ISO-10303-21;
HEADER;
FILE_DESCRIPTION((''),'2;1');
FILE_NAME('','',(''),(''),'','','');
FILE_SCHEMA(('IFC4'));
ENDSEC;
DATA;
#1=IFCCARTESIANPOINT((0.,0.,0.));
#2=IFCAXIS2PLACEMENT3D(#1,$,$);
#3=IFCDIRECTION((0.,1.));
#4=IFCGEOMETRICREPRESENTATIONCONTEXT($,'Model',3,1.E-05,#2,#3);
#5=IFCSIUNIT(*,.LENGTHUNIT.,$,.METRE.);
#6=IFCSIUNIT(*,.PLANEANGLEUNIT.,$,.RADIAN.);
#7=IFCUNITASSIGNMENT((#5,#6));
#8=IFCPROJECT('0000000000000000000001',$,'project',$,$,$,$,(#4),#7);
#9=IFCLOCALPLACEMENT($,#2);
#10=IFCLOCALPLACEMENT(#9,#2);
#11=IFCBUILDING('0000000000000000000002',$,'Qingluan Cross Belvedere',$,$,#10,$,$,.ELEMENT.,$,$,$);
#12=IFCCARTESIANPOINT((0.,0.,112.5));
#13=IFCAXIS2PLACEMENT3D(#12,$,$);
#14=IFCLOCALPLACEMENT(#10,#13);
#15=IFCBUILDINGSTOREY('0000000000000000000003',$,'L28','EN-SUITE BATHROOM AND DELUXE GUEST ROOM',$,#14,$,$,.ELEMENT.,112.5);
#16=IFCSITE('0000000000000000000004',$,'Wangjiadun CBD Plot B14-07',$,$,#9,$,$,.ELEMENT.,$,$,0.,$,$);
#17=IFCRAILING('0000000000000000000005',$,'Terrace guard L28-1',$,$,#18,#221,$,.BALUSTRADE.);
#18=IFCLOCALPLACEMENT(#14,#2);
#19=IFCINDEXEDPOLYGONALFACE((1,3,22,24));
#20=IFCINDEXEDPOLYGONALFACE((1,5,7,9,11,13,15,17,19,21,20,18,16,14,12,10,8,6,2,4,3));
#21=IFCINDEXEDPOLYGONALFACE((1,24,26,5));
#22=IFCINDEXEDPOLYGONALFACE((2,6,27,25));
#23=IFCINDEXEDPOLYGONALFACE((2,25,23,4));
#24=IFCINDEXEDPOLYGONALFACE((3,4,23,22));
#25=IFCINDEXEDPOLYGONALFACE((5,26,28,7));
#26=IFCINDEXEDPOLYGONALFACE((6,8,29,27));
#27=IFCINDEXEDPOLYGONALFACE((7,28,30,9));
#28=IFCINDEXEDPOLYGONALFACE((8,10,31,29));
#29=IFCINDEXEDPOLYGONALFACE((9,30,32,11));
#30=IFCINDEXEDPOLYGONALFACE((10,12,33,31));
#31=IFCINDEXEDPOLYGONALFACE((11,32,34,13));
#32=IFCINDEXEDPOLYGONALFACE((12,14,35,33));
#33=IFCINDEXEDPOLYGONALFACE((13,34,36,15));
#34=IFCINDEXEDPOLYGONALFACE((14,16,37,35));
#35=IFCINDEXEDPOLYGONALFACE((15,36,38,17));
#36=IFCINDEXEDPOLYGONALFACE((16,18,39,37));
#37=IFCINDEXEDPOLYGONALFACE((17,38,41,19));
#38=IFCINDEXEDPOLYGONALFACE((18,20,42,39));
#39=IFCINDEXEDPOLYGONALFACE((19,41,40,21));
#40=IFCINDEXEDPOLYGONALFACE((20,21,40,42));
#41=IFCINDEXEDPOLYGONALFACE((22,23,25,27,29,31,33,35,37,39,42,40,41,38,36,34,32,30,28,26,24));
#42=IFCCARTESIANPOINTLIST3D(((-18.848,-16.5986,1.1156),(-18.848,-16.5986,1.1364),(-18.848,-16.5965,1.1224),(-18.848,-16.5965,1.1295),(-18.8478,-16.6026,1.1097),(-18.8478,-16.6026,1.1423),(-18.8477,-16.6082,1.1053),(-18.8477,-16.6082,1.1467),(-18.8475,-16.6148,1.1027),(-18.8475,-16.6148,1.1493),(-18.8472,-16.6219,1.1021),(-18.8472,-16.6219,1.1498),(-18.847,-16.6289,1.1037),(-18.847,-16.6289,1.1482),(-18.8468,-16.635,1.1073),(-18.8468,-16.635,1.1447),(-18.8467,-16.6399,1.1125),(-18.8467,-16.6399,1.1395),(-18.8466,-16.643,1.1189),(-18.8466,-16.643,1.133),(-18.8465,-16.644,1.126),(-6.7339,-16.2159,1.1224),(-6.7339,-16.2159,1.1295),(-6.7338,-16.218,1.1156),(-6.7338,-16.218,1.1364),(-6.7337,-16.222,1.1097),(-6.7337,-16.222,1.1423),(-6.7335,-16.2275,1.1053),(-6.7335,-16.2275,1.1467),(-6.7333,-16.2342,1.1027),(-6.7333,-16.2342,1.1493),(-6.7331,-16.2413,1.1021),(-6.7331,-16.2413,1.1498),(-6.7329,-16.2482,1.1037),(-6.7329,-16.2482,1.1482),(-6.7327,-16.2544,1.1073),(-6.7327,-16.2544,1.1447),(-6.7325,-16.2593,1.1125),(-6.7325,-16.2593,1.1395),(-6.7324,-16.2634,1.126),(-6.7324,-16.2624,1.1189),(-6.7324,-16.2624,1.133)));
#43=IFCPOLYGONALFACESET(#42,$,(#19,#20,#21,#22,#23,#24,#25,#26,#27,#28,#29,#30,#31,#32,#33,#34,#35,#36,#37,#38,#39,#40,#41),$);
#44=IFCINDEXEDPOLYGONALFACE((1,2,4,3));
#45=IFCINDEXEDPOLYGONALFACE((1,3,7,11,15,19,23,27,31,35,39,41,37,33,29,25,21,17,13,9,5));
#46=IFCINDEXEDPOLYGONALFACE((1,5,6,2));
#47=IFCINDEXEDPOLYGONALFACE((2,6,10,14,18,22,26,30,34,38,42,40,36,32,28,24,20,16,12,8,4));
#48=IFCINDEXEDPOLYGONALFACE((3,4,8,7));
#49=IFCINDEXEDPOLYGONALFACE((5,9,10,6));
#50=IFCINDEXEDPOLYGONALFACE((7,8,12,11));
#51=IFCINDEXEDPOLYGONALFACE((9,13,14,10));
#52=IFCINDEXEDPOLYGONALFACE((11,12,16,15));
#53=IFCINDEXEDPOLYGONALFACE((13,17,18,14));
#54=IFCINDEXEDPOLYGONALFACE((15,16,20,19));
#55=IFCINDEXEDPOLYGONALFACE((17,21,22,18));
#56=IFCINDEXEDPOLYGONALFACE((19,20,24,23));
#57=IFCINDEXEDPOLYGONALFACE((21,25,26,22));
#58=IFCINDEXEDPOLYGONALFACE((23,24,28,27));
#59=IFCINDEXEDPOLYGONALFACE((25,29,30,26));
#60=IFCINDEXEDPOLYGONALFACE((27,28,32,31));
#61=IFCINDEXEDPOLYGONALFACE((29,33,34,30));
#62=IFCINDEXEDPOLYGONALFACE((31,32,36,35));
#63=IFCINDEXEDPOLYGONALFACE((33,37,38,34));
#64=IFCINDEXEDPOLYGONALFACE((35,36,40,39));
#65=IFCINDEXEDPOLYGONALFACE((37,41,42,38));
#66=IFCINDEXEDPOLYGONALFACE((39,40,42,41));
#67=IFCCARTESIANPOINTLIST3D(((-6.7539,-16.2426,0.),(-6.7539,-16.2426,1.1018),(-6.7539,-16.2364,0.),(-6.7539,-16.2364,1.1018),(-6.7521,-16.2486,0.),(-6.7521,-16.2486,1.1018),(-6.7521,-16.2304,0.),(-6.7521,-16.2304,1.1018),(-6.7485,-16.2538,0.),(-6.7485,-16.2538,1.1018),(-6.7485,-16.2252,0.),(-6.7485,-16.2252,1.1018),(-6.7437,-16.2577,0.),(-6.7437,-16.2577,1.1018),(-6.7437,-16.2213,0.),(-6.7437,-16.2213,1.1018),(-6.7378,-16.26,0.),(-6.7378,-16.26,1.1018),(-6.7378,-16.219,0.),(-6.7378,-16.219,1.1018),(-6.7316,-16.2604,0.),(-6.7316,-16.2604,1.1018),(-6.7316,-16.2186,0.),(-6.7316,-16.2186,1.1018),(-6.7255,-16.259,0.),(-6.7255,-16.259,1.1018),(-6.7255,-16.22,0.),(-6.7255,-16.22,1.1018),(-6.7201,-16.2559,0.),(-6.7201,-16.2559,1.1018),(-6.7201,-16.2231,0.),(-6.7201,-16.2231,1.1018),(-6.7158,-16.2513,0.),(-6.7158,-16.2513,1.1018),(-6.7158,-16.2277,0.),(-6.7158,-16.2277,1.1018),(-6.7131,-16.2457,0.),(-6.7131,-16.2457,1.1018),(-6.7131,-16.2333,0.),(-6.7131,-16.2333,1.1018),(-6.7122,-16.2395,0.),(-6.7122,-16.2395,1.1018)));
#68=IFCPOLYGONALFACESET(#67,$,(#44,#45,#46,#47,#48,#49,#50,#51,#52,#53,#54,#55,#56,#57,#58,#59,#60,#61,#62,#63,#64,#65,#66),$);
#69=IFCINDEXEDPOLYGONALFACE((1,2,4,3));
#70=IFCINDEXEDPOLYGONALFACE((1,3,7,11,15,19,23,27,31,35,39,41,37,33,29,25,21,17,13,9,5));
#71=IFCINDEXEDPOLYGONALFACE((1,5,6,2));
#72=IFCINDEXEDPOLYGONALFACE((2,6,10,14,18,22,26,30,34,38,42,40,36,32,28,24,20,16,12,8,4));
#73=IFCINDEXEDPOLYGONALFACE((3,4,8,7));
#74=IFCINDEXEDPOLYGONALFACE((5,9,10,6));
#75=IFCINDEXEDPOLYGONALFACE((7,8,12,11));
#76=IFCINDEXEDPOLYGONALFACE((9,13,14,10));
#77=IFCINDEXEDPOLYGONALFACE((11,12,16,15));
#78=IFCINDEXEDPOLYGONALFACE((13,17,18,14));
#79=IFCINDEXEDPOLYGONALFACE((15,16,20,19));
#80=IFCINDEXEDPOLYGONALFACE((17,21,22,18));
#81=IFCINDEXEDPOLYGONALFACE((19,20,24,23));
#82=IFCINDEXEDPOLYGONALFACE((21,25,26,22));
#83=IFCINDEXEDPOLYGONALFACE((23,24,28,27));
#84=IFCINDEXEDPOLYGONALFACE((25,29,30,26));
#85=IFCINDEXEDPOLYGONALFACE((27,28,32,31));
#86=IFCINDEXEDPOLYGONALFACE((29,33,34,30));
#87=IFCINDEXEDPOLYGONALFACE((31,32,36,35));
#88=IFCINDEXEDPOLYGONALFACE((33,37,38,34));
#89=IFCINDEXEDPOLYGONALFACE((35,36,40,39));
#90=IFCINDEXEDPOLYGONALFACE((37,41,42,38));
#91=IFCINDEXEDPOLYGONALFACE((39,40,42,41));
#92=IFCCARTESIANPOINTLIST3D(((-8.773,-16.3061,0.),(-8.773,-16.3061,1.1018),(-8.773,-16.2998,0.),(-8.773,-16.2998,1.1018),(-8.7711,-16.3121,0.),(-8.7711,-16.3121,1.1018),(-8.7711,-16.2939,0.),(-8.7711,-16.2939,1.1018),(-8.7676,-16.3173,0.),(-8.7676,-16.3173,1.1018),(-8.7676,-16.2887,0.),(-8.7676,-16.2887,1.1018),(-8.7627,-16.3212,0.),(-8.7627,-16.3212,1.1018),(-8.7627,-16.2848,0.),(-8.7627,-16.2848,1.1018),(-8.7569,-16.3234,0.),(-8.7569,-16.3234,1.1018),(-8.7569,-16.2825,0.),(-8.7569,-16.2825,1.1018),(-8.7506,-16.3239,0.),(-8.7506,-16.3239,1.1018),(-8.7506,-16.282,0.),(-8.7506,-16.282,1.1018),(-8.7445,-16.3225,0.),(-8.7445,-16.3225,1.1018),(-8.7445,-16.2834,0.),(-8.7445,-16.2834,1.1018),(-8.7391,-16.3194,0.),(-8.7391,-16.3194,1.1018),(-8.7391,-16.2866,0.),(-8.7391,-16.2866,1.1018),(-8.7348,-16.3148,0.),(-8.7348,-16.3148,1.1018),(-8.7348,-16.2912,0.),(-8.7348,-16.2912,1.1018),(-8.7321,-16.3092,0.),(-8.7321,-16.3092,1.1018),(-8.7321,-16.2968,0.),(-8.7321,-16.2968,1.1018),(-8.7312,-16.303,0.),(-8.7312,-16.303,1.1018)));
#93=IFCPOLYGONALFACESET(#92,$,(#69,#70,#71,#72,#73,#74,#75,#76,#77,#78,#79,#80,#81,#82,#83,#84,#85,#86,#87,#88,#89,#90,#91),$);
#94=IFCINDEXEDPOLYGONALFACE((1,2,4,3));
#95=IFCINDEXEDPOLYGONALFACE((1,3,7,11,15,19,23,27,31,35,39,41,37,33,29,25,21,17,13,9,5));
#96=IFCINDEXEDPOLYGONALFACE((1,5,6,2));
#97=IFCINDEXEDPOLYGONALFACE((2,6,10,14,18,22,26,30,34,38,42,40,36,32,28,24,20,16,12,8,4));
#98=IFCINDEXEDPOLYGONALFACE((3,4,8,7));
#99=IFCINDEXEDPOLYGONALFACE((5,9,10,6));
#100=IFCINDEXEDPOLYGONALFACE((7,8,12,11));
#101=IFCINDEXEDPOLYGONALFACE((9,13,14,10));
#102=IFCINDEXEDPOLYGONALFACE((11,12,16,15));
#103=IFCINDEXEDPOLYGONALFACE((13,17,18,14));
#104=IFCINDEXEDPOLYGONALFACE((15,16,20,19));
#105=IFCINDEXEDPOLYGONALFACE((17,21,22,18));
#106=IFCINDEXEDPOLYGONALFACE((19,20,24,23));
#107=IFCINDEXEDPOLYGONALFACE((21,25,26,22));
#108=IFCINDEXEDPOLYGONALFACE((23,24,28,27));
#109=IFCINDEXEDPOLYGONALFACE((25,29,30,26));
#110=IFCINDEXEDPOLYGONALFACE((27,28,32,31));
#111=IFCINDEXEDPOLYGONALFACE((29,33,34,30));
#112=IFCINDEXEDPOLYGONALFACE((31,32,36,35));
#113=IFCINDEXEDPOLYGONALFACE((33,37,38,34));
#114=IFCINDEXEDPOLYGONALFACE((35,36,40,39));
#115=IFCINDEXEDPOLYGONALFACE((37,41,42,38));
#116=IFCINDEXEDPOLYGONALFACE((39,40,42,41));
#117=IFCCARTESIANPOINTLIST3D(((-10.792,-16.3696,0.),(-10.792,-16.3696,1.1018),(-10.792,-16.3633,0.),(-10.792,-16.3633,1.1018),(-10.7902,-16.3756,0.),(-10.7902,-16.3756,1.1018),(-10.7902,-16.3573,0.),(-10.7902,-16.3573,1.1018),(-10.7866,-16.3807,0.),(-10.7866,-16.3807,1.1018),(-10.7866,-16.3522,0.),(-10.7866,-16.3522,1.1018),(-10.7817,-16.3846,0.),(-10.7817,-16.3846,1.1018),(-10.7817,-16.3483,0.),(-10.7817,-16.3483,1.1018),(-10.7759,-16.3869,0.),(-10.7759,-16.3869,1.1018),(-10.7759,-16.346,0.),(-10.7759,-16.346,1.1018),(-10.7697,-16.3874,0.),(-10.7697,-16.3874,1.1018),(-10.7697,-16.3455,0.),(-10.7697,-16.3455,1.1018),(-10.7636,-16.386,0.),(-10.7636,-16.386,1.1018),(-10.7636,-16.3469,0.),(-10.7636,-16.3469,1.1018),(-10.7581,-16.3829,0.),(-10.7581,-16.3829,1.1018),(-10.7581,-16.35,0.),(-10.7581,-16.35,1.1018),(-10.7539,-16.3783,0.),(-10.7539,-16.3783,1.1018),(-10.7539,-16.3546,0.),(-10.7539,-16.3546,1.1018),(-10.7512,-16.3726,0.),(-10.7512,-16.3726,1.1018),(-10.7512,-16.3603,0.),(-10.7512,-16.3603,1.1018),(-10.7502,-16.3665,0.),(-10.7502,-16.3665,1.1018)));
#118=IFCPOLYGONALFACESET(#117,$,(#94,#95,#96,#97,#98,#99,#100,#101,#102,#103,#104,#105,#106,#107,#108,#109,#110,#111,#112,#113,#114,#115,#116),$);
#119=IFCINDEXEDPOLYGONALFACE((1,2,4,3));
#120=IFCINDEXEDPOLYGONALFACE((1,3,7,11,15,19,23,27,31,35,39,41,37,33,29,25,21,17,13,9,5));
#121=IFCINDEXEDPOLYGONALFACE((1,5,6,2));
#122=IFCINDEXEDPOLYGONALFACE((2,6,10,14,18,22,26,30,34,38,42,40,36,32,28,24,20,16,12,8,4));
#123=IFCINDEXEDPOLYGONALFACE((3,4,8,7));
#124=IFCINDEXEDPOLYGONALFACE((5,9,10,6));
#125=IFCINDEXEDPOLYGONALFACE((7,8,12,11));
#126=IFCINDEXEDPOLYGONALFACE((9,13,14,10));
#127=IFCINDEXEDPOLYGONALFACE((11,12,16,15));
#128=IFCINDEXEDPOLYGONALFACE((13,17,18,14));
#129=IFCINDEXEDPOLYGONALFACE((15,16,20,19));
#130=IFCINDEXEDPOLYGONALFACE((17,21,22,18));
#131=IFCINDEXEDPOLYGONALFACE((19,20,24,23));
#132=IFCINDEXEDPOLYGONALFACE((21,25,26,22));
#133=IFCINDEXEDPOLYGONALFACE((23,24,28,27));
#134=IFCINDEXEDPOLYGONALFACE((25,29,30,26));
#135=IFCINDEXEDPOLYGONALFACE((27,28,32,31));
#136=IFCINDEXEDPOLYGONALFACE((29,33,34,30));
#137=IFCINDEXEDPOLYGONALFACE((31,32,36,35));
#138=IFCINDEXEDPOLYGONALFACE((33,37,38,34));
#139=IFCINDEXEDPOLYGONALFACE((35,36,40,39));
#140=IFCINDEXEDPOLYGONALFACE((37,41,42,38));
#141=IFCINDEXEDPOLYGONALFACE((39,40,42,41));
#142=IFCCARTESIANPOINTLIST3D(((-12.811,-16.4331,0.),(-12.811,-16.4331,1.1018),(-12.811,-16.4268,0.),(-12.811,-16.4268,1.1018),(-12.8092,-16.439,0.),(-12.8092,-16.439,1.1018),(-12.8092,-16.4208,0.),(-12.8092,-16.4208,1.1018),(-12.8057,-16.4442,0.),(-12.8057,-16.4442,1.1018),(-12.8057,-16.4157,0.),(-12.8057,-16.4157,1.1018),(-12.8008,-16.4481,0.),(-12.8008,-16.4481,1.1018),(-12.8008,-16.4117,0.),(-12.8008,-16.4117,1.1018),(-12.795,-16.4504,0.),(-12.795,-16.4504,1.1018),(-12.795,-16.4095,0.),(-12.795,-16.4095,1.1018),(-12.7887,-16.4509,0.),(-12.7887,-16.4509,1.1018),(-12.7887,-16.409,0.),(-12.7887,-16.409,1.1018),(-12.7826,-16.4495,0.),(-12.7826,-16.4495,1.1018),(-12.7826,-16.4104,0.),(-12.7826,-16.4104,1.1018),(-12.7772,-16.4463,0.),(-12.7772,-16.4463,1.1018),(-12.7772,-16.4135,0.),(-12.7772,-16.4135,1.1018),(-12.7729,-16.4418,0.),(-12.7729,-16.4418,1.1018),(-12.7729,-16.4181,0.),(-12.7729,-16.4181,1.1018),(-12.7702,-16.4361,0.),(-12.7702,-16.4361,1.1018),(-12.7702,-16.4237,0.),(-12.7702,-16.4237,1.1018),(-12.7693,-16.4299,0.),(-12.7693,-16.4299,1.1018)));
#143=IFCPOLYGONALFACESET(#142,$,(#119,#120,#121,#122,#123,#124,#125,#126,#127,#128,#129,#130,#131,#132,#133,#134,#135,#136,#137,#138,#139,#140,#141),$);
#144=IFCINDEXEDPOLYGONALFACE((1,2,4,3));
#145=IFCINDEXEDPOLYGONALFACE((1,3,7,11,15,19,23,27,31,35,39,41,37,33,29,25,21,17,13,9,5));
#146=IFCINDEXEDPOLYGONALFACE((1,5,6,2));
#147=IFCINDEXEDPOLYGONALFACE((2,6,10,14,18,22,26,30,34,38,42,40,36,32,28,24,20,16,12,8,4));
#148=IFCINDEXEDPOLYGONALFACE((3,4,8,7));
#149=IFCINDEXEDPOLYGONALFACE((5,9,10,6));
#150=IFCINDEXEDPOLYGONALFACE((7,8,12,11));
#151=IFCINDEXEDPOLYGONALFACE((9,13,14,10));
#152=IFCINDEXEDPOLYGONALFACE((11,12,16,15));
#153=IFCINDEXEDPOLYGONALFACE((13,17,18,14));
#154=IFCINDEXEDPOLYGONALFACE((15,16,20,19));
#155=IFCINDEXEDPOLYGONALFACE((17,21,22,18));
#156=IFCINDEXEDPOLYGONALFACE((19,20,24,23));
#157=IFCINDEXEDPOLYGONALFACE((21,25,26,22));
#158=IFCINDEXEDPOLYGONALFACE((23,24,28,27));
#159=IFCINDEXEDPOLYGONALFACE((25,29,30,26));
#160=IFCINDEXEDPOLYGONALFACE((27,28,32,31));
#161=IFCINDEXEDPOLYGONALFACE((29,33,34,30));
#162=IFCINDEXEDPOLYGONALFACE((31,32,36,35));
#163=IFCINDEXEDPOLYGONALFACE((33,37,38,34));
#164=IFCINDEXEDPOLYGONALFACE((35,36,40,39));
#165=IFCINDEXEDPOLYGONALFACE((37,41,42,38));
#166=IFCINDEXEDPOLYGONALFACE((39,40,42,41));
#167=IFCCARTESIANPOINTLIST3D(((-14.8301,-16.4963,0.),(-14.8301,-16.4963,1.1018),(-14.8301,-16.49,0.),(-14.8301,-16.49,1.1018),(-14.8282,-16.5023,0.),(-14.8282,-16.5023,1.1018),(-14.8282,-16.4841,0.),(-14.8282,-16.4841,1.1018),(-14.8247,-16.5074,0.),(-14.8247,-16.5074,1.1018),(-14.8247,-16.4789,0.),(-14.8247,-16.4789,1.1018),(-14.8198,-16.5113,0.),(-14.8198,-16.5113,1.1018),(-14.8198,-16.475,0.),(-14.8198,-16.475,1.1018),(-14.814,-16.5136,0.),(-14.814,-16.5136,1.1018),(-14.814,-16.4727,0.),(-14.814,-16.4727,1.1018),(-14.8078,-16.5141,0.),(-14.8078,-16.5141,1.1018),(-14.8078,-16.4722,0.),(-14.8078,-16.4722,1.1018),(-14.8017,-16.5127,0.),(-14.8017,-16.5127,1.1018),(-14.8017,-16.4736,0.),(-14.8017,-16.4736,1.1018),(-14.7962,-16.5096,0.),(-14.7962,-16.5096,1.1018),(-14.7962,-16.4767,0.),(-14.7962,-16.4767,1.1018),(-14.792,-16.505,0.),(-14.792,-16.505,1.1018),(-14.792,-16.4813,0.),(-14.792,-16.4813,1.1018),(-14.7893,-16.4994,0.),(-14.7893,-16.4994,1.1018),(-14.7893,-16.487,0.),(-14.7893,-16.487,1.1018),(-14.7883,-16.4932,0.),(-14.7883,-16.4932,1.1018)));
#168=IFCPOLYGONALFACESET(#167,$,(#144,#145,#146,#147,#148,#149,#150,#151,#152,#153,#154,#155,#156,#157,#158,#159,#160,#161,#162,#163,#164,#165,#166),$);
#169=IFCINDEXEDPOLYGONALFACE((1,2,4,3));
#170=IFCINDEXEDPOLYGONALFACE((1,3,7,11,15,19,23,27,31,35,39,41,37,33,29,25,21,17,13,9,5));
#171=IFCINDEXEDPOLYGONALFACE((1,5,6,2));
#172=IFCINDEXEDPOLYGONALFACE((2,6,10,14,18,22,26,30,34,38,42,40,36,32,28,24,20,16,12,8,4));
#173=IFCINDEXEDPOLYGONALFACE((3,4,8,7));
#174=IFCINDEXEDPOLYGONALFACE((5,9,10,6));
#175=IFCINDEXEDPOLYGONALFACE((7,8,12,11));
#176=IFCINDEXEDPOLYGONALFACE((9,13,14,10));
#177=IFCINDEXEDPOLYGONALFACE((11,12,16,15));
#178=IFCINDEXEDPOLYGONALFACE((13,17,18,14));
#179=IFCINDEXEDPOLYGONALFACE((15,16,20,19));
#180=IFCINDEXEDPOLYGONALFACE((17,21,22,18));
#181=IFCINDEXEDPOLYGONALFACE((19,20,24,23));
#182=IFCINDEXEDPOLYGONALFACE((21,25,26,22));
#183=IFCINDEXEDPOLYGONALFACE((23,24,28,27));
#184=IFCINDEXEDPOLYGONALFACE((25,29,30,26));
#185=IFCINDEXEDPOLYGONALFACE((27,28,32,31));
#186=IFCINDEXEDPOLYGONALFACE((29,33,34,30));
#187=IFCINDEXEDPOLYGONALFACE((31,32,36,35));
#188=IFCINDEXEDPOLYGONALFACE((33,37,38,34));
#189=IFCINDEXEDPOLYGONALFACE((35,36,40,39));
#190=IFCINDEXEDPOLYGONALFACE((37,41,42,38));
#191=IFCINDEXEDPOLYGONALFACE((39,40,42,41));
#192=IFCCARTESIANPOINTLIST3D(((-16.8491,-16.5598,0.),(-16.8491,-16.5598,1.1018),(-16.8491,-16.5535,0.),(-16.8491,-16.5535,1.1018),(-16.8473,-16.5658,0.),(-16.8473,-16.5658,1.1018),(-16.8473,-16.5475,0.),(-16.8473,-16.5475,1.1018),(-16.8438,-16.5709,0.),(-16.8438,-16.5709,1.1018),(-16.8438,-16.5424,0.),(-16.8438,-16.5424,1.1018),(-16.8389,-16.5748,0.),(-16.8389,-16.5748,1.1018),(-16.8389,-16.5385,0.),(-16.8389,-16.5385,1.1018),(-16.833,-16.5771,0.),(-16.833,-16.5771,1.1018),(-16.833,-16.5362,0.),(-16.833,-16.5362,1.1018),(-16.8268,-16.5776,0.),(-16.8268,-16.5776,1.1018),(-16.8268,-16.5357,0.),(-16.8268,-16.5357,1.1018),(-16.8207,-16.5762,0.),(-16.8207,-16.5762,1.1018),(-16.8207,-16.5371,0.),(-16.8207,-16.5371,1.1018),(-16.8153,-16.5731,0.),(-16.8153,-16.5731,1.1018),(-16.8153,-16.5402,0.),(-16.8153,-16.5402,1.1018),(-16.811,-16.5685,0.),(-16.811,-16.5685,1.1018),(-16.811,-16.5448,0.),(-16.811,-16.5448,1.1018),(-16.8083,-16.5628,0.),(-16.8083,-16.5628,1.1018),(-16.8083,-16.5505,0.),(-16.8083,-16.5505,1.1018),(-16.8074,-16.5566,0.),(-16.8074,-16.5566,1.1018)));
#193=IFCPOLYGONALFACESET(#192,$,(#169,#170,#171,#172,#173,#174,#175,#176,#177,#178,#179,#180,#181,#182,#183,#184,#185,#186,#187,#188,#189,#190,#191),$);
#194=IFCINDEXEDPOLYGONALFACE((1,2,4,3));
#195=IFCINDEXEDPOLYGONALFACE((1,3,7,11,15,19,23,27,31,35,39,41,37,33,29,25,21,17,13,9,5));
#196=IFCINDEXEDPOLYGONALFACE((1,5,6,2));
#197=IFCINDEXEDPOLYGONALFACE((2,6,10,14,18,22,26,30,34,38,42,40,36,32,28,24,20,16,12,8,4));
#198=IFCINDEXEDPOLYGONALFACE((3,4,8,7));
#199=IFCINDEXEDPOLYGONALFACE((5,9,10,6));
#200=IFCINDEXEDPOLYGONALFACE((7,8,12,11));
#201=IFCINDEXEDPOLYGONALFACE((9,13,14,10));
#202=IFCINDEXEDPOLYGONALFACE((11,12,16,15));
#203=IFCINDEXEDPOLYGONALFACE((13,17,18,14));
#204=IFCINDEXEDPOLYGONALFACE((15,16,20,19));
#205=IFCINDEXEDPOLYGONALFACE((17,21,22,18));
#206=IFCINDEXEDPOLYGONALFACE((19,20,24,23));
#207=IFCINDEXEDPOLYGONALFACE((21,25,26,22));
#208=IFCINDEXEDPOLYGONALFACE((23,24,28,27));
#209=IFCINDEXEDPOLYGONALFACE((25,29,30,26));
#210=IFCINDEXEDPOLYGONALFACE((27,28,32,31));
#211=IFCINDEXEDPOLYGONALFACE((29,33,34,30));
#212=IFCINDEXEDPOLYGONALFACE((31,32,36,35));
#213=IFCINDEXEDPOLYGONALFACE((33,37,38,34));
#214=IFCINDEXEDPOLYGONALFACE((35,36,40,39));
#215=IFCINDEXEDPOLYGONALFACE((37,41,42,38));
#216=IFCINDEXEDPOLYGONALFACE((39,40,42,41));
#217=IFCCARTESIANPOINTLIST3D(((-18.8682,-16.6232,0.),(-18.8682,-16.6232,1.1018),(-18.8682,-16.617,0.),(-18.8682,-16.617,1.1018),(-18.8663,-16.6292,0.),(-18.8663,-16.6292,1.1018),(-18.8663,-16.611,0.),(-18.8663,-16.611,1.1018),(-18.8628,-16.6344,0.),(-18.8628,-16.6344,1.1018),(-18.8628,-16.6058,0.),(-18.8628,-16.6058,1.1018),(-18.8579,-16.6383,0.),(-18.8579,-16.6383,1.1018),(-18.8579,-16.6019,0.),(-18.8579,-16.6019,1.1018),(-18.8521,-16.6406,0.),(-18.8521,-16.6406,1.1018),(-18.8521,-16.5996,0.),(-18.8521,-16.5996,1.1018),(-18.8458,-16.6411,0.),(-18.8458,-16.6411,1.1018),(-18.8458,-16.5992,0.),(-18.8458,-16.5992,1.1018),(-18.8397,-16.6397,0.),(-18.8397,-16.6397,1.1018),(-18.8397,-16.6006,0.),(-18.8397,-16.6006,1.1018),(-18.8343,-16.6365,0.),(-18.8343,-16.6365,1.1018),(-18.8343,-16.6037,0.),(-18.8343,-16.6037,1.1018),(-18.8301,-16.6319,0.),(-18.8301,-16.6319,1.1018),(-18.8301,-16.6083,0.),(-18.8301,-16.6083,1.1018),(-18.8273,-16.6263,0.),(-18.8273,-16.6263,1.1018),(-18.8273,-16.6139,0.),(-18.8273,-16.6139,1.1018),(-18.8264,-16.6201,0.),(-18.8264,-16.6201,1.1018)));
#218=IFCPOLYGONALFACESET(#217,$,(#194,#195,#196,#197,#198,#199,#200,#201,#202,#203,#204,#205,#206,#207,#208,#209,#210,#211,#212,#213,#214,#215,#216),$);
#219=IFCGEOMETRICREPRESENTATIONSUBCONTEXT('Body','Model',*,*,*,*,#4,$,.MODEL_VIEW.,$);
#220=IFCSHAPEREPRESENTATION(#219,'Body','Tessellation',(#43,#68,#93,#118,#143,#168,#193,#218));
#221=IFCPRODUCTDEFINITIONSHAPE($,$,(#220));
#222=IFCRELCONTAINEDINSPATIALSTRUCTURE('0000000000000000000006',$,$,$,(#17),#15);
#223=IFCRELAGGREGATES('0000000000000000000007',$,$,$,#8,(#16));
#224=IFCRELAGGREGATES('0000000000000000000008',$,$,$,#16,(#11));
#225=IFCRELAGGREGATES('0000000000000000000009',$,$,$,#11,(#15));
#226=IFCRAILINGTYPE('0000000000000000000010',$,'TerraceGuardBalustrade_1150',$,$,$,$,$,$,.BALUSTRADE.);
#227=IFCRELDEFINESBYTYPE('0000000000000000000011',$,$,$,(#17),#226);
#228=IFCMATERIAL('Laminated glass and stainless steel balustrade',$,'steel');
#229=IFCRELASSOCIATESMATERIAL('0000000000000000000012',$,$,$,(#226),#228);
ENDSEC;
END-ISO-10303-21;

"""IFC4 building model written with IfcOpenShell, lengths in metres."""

from ifc_helpers import new_model, si_unit, direction, frame, origin, origin_2d, place, context, subcontext, project, spatial, circle, extrude, material, type_object, element, save


model = new_model("IFC4")

# Units and contexts
model_context = context("Model", 3, precision=1e-05, world=origin(), true_north=direction((0.0, 1.0)))
body_context = subcontext(model_context, "Body", "Model", "MODEL_VIEW")
ifc_project = project(units=[si_unit("LENGTHUNIT", "METRE"), si_unit("PLANEANGLEUNIT", "RADIAN")], contexts=[model_context])

# Site, building, storey
site_placement = place(None, origin())
site = spatial("IfcSite", under=ifc_project, at=site_placement, Name="Wangjiadun CBD Plot B14-07", CompositionType="ELEMENT", RefElevation=0.0)
building_placement = place(site_placement, origin())
building = spatial("IfcBuilding", under=site, at=building_placement, Name="Qingluan Cross Belvedere", CompositionType="ELEMENT")
storey_placement = place(building_placement, frame((0.0, 0.0, 112.5)))
storey = spatial("IfcBuildingStorey", under=building, at=storey_placement, Name="L28", Description="EN-SUITE BATHROOM AND DELUXE GUEST ROOM", CompositionType="ELEMENT", Elevation=112.5)

# Railing
ifc_material_1 = material(Name="Laminated glass and stainless steel balustrade", Category="steel")
railing_type = type_object("IfcRailingType", Name="TerraceGuardBalustrade_1150", PredefinedType="BALUSTRADE", material=ifc_material_1)
railing_1_placement = place(storey_placement, frame((-6.7332, -16.2395, 0.0)))
element("IfcRailing", 1, at=railing_1_placement, inside=storey, type_object=railing_type, Name="Terrace guard L28-1", PredefinedType="BALUSTRADE", context=body_context, shape_type="SweptSolid", body=[
    extrude(circle(Radius=0.0239, at=origin_2d()), frame((0.0, 0.0, 1.126), z_axis=(-0.999507, -0.031403, 0.0), x_axis=(0.031403, -0.999507, 0.0)), (0.0, 0.0, 1.0), 12.1201),
    extrude(circle(Radius=0.021, at=origin_2d()), origin(), (0.0, 0.0, 1.0), 1.1018),
    extrude(circle(Radius=0.021, at=origin_2d()), frame((-2.019, -0.0635, 0.0)), (0.0, 0.0, 1.0), 1.1018),
    extrude(circle(Radius=0.021, at=origin_2d()), frame((-4.0381, -0.127, 0.0)), (0.0, 0.0, 1.0), 1.1018),
    extrude(circle(Radius=0.021, at=origin_2d()), frame((-6.0571, -0.1904, 0.0)), (0.0, 0.0, 1.0), 1.1018),
    extrude(circle(Radius=0.021, at=origin_2d()), frame((-8.0762, -0.2537, 0.0)), (0.0, 0.0, 1.0), 1.1018),
    extrude(circle(Radius=0.021, at=origin_2d()), frame((-10.0952, -0.3171, 0.0)), (0.0, 0.0, 1.0), 1.1018),
    extrude(circle(Radius=0.021, at=origin_2d()), frame((-12.1143, -0.3806, 0.0)), (0.0, 0.0, 1.0), 1.1018),
])

save(model, "model.ifc")
